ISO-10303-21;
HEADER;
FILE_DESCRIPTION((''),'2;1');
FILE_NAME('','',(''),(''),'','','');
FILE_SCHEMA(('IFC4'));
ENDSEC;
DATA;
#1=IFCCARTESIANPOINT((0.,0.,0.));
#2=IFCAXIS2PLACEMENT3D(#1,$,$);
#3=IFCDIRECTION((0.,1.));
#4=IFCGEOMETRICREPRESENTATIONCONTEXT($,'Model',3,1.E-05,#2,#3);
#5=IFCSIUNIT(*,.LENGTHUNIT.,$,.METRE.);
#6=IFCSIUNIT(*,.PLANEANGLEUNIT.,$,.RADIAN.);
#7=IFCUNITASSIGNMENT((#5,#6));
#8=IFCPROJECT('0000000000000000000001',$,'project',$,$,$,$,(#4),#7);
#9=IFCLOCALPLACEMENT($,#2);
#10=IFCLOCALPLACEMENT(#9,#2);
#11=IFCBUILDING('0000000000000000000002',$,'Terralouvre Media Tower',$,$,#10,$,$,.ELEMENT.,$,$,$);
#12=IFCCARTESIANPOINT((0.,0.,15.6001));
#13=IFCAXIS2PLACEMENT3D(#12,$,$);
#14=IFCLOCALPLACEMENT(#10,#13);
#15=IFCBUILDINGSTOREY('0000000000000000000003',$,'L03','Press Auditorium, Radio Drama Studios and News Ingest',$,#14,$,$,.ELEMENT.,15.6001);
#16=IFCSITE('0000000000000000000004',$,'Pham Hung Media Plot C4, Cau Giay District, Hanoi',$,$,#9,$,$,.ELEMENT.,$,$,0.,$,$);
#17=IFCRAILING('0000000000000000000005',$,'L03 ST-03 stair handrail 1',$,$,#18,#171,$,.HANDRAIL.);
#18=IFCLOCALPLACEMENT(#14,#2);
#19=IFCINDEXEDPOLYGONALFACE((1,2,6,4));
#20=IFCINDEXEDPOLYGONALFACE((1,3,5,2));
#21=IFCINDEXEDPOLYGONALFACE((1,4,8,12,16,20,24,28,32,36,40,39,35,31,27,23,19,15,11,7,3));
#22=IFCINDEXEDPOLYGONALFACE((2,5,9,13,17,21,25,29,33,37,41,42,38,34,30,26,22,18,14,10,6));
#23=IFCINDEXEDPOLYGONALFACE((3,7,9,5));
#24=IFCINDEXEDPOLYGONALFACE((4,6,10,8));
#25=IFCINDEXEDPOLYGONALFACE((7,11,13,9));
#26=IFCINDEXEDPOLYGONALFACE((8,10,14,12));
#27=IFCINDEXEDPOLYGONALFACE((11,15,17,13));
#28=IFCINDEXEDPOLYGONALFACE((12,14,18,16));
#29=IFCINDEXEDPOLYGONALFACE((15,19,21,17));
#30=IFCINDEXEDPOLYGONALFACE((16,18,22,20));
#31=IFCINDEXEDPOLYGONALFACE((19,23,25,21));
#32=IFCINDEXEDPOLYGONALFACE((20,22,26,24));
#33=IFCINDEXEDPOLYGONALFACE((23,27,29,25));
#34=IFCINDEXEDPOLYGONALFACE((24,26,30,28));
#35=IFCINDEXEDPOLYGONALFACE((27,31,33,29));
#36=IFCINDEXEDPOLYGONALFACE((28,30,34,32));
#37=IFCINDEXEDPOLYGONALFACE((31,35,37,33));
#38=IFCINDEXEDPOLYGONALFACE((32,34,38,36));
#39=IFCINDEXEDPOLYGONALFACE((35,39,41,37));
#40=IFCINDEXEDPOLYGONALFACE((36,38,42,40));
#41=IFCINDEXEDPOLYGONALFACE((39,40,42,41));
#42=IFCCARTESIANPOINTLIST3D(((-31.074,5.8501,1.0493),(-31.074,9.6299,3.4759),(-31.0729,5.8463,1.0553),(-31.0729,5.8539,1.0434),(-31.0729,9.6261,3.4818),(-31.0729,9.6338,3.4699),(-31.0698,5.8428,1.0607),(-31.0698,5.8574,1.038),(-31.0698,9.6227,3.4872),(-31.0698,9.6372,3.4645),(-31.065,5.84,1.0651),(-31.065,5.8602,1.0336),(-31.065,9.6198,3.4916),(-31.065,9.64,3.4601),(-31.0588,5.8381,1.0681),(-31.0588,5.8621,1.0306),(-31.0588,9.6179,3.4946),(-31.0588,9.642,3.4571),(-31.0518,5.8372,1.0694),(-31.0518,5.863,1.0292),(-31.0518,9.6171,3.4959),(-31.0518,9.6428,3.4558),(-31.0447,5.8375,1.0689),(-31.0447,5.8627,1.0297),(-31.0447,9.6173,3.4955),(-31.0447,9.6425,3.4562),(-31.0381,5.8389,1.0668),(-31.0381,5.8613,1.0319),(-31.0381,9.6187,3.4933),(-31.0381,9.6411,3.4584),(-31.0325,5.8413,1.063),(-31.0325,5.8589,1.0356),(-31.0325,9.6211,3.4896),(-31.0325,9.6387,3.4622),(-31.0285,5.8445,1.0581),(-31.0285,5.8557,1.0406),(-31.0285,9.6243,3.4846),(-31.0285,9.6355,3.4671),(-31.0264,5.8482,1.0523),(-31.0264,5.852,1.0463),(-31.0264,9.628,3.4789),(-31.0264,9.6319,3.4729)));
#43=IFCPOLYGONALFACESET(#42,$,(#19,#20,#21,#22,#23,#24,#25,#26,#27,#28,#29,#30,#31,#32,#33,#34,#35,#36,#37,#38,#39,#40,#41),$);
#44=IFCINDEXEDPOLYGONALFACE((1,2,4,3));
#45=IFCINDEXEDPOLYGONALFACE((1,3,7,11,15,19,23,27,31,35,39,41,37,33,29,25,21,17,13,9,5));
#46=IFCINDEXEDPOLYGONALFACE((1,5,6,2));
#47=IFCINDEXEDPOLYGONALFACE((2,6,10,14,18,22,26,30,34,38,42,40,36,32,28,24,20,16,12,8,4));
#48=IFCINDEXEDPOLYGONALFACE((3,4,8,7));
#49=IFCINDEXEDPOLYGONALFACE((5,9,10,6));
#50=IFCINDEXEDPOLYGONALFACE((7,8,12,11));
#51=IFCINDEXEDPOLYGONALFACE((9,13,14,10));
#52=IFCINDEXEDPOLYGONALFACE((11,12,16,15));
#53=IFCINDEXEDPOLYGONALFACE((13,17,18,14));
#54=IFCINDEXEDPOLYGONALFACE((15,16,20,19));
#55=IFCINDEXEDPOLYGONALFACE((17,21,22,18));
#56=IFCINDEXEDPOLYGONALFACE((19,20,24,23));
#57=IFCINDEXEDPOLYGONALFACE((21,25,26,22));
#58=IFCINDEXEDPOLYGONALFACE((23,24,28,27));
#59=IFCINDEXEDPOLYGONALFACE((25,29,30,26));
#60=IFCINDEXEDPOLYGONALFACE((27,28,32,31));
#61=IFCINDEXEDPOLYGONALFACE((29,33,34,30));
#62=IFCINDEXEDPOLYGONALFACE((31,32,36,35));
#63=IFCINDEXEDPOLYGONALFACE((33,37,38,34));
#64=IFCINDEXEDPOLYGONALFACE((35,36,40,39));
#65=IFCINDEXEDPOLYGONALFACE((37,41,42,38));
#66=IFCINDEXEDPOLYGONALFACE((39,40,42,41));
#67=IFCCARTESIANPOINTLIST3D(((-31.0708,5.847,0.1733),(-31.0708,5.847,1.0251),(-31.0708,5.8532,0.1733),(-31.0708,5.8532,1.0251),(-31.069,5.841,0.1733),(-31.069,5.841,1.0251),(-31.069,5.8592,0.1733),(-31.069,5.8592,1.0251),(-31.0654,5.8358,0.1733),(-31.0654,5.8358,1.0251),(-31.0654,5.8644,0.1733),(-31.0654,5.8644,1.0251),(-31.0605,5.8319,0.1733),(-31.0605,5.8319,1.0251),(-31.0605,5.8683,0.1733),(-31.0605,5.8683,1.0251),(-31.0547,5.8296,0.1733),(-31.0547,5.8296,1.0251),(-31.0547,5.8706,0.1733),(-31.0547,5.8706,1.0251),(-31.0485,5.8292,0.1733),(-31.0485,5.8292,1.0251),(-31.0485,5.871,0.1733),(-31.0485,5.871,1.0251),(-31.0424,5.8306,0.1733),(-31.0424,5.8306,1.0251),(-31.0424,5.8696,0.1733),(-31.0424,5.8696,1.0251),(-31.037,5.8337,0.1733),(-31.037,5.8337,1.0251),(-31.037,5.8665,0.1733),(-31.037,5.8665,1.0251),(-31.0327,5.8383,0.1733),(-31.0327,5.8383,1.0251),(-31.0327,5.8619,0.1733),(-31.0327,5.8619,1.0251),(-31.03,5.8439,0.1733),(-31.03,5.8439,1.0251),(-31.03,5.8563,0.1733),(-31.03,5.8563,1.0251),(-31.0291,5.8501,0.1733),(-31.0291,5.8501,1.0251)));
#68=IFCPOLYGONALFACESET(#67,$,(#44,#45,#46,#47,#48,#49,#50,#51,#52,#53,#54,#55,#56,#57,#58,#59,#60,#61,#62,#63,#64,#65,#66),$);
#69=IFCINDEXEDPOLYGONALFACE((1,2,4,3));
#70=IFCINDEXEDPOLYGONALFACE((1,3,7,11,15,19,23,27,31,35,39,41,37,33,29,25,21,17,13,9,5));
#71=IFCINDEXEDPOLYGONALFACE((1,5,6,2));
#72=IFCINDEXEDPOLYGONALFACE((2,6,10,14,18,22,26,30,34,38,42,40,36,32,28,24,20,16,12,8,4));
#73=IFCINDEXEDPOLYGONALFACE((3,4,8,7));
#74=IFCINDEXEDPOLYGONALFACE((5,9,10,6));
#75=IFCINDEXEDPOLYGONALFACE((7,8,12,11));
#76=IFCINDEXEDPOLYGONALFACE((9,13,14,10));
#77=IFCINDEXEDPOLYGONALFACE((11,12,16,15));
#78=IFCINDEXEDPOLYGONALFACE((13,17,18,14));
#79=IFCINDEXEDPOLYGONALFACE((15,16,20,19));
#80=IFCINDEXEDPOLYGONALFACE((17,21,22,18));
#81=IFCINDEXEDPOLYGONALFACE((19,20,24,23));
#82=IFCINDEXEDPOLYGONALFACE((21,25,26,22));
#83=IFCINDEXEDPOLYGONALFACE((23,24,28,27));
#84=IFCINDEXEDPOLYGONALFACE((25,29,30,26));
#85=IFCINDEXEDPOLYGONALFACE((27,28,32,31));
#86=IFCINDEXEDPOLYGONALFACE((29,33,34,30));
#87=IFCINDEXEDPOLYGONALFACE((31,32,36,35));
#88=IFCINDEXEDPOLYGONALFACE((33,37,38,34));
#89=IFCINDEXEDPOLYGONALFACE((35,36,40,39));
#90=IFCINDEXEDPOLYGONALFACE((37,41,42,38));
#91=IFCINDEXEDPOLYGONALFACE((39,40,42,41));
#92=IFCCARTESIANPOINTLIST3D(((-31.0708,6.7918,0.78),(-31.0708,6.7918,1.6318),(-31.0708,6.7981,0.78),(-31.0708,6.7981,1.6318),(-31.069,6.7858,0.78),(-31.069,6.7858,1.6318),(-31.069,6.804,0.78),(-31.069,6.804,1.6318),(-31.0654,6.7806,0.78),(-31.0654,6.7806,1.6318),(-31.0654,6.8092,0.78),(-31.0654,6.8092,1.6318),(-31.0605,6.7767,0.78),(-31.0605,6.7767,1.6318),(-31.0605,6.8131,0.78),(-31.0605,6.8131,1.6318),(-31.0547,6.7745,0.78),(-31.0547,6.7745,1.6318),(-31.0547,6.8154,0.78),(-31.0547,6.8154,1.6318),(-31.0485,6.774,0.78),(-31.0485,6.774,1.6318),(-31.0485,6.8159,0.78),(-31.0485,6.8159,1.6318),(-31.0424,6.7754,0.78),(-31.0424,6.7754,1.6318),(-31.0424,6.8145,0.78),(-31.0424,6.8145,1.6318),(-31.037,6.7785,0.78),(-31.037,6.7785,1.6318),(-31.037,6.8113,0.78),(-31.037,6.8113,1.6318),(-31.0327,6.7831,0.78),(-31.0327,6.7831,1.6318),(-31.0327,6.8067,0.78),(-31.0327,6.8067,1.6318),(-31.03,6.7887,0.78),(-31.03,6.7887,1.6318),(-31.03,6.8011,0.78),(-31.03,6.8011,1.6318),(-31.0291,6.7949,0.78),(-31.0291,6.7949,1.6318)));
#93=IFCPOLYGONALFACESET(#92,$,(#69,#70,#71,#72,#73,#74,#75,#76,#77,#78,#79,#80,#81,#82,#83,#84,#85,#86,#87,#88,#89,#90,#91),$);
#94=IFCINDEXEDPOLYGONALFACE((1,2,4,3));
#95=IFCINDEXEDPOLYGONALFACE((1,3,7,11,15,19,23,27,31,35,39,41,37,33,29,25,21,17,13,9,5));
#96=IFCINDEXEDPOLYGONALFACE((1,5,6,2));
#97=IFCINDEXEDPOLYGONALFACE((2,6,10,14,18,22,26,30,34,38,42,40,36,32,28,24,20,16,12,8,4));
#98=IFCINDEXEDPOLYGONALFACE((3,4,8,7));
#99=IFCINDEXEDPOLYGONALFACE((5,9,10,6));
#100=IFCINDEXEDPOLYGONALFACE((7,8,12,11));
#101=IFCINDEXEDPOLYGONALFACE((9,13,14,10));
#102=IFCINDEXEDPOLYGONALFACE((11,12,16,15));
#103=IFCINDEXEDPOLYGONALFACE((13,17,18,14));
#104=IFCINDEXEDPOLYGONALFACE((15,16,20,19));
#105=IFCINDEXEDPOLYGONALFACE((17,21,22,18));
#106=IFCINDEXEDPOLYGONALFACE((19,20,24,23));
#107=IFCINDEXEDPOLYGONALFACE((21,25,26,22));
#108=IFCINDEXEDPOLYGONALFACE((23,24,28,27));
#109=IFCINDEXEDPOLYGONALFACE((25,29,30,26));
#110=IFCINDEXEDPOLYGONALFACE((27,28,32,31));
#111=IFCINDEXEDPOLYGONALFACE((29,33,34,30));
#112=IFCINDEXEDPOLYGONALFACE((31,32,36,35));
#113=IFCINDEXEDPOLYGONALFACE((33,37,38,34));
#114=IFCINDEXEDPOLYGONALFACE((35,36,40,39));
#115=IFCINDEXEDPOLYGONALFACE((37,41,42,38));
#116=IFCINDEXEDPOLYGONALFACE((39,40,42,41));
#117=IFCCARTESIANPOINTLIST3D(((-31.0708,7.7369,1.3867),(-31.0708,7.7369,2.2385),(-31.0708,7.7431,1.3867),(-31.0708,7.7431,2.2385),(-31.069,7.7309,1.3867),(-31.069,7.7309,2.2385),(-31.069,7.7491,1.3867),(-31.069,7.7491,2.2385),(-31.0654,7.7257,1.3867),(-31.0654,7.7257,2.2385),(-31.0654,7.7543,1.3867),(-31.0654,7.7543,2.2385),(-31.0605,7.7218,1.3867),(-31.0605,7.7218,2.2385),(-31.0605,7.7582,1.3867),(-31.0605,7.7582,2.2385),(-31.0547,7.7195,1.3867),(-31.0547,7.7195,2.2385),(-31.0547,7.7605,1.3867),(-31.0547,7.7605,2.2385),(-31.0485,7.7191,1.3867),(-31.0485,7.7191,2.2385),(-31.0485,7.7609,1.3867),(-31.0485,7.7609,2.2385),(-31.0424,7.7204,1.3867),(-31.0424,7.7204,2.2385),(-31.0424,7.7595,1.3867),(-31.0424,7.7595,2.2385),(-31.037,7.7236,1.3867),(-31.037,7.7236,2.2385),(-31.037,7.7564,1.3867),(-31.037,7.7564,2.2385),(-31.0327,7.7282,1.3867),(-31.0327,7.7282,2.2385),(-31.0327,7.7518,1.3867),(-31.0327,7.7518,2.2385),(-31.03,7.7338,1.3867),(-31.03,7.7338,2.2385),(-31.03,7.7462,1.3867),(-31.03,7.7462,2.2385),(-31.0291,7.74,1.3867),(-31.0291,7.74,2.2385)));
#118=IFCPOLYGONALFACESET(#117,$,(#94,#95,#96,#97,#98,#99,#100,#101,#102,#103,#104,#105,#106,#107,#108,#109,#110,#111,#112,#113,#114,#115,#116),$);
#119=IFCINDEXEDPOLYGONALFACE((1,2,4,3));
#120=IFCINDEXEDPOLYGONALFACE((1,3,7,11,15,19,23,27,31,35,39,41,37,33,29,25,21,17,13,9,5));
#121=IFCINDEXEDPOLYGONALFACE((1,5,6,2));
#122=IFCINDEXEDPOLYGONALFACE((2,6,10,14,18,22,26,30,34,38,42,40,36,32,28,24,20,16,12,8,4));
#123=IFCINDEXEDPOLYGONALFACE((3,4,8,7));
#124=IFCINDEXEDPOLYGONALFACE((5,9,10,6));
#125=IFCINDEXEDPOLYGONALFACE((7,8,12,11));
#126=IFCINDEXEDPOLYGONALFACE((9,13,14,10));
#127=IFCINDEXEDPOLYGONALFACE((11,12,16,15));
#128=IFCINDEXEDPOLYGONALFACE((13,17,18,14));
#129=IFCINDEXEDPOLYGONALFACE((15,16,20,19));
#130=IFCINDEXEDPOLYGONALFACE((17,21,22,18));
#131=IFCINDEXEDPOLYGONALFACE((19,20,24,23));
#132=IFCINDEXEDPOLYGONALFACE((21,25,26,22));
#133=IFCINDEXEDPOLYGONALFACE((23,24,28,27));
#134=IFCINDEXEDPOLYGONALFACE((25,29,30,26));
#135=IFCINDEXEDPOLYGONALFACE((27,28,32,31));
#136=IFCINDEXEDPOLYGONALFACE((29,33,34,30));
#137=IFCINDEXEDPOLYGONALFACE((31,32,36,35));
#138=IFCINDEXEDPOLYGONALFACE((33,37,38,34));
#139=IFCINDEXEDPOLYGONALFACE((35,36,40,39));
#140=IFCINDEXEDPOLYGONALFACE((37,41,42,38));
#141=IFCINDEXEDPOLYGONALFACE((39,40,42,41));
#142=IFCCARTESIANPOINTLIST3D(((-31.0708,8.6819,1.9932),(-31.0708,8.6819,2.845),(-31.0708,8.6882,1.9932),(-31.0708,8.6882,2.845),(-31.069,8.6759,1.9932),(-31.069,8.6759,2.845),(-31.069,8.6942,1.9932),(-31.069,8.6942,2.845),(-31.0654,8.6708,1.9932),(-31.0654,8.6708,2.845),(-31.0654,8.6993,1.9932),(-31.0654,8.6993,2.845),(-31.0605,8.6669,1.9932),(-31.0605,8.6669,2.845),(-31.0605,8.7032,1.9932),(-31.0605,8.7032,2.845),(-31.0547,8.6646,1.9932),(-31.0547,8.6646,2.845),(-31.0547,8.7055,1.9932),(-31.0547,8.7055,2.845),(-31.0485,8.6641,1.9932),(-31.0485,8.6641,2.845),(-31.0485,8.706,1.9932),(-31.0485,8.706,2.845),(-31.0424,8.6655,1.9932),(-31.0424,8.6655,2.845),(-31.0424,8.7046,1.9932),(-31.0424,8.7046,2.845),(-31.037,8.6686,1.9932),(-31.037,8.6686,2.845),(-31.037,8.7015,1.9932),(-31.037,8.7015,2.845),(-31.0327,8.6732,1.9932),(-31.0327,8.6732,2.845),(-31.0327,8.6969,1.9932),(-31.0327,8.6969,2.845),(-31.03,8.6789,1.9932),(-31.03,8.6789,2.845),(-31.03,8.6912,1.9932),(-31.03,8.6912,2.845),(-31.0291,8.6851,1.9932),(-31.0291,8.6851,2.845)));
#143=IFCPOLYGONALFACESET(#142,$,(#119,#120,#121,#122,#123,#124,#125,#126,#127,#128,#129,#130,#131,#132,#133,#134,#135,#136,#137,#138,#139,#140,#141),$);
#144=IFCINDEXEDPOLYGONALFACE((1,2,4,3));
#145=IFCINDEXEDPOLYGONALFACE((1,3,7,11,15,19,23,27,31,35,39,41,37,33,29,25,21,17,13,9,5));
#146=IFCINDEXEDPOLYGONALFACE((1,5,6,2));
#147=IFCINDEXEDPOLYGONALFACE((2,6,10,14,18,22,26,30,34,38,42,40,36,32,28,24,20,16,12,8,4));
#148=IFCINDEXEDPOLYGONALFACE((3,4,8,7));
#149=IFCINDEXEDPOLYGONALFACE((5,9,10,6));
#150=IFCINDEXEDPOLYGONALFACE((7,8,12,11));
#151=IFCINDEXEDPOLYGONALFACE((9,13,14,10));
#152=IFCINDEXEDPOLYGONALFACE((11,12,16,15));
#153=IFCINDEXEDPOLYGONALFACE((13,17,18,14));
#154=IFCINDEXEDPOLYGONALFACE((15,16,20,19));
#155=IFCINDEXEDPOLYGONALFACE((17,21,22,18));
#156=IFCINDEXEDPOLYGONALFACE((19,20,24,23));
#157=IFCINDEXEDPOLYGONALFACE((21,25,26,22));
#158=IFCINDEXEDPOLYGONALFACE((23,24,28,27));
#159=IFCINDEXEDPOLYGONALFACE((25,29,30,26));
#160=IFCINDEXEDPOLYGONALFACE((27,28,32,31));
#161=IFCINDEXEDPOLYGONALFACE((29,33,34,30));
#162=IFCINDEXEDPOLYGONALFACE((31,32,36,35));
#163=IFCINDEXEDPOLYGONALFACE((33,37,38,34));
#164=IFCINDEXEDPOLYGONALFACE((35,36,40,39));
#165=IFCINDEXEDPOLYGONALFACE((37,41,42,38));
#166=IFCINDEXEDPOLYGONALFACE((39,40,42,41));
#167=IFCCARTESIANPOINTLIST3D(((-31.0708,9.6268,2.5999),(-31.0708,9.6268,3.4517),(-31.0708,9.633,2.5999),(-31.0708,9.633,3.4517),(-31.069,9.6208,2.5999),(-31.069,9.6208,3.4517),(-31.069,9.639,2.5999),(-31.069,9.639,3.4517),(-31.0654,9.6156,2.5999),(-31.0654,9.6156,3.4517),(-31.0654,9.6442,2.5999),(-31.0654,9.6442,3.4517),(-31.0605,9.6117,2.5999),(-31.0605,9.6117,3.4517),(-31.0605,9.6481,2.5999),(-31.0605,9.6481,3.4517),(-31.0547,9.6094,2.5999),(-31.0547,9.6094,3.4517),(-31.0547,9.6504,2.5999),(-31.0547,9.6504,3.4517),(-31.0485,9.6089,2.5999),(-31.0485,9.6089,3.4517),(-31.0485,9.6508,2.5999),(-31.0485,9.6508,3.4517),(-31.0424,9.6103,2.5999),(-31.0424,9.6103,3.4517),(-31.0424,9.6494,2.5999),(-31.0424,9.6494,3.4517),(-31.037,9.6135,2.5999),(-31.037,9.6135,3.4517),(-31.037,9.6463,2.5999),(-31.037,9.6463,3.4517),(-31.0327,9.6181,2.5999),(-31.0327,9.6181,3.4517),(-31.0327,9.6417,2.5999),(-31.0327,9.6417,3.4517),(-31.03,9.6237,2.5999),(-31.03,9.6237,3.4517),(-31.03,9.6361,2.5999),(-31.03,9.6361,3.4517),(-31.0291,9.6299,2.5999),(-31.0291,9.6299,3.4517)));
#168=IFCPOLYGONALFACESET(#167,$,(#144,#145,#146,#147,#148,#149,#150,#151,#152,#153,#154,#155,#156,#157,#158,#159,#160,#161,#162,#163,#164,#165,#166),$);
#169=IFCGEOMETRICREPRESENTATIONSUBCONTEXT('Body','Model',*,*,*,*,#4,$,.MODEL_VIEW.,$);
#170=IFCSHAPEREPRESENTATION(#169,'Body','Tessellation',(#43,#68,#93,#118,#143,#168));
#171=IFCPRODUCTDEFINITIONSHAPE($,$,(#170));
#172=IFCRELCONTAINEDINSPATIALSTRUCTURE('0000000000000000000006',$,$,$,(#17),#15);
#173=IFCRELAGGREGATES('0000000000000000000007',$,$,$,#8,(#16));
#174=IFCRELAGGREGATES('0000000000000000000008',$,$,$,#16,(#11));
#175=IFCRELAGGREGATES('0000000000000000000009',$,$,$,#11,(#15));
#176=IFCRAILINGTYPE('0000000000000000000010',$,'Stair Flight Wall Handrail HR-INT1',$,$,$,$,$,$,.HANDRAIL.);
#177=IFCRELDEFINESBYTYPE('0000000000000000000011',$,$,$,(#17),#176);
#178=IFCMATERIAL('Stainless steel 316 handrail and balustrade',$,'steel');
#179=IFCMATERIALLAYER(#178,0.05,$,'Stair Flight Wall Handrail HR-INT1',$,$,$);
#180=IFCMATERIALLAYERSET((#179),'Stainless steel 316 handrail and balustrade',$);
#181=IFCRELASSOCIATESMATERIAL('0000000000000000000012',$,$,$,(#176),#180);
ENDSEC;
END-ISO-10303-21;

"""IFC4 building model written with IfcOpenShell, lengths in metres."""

from ifc_helpers import new_model, si_unit, direction, frame, origin, origin_2d, place, context, subcontext, project, spatial, circle, extrude, material, layer, layer_set, type_object, element, save


model = new_model("IFC4")

# Units and contexts
model_context = context("Model", 3, precision=1e-05, world=origin(), true_north=direction((0.0, 1.0)))
body_context = subcontext(model_context, "Body", "Model", "MODEL_VIEW")
ifc_project = project(units=[si_unit("LENGTHUNIT", "METRE"), si_unit("PLANEANGLEUNIT", "RADIAN")], contexts=[model_context])

# Site, building, storey
site_placement = place(None, origin())
site = spatial("IfcSite", under=ifc_project, at=site_placement, Name="Pham Hung Media Plot C4, Cau Giay District, Hanoi", CompositionType="ELEMENT", RefElevation=0.0)
building_placement = place(site_placement, origin())
building = spatial("IfcBuilding", under=site, at=building_placement, Name="Terralouvre Media Tower", CompositionType="ELEMENT")
storey_placement = place(building_placement, frame((0.0, 0.0, 15.6001)))
storey = spatial("IfcBuildingStorey", under=building, at=storey_placement, Name="L03", Description="Press Auditorium, Radio Drama Studios and News Ingest", CompositionType="ELEMENT", Elevation=15.6001)

# Railing
ifc_material_1 = material(Name="Stainless steel 316 handrail and balustrade", Category="steel")
ifc_layer_1 = layer(ifc_material_1, 0.05, Name="Stair Flight Wall Handrail HR-INT1")
ifc_layer_set_1 = layer_set([ifc_layer_1], Name="Stainless steel 316 handrail and balustrade")
railing_type_1 = type_object("IfcRailingType", Name="Stair Flight Wall Handrail HR-INT1", PredefinedType="HANDRAIL", material=ifc_layer_set_1)
railing_1_placement = place(storey_placement, frame((-31.05, 5.8501, 0.1733)))
element("IfcRailing", 1, at=railing_1_placement, inside=storey, type_object=railing_type_1, Name="L03 ST-03 stair handrail 1", PredefinedType="HANDRAIL", context=body_context, shape_type="SweptSolid", body=[
    extrude(circle(Radius=0.0239, at=origin_2d()), frame((0.0, 0.0, 0.876), z_axis=(0.0, 0.841517, 0.54023), x_axis=(-1.0, 0.0, 0.0)), (0.0, 0.0, 1.0), 4.4917),
    extrude(circle(Radius=0.021, at=origin_2d()), origin(), (0.0, 0.0, 1.0), 0.8518),
    extrude(circle(Radius=0.021, at=origin_2d()), frame((0.0, 0.9448, 0.6067)), (0.0, 0.0, 1.0), 0.8518),
    extrude(circle(Radius=0.021, at=origin_2d()), frame((0.0, 1.8899, 1.2134)), (0.0, 0.0, 1.0), 0.8518),
    extrude(circle(Radius=0.021, at=origin_2d()), frame((0.0, 2.835, 1.8198)), (0.0, 0.0, 1.0), 0.8518),
    extrude(circle(Radius=0.021, at=origin_2d()), frame((0.0, 3.7798, 2.4265)), (0.0, 0.0, 1.0), 0.8518),
])

save(model, "model.ifc")
